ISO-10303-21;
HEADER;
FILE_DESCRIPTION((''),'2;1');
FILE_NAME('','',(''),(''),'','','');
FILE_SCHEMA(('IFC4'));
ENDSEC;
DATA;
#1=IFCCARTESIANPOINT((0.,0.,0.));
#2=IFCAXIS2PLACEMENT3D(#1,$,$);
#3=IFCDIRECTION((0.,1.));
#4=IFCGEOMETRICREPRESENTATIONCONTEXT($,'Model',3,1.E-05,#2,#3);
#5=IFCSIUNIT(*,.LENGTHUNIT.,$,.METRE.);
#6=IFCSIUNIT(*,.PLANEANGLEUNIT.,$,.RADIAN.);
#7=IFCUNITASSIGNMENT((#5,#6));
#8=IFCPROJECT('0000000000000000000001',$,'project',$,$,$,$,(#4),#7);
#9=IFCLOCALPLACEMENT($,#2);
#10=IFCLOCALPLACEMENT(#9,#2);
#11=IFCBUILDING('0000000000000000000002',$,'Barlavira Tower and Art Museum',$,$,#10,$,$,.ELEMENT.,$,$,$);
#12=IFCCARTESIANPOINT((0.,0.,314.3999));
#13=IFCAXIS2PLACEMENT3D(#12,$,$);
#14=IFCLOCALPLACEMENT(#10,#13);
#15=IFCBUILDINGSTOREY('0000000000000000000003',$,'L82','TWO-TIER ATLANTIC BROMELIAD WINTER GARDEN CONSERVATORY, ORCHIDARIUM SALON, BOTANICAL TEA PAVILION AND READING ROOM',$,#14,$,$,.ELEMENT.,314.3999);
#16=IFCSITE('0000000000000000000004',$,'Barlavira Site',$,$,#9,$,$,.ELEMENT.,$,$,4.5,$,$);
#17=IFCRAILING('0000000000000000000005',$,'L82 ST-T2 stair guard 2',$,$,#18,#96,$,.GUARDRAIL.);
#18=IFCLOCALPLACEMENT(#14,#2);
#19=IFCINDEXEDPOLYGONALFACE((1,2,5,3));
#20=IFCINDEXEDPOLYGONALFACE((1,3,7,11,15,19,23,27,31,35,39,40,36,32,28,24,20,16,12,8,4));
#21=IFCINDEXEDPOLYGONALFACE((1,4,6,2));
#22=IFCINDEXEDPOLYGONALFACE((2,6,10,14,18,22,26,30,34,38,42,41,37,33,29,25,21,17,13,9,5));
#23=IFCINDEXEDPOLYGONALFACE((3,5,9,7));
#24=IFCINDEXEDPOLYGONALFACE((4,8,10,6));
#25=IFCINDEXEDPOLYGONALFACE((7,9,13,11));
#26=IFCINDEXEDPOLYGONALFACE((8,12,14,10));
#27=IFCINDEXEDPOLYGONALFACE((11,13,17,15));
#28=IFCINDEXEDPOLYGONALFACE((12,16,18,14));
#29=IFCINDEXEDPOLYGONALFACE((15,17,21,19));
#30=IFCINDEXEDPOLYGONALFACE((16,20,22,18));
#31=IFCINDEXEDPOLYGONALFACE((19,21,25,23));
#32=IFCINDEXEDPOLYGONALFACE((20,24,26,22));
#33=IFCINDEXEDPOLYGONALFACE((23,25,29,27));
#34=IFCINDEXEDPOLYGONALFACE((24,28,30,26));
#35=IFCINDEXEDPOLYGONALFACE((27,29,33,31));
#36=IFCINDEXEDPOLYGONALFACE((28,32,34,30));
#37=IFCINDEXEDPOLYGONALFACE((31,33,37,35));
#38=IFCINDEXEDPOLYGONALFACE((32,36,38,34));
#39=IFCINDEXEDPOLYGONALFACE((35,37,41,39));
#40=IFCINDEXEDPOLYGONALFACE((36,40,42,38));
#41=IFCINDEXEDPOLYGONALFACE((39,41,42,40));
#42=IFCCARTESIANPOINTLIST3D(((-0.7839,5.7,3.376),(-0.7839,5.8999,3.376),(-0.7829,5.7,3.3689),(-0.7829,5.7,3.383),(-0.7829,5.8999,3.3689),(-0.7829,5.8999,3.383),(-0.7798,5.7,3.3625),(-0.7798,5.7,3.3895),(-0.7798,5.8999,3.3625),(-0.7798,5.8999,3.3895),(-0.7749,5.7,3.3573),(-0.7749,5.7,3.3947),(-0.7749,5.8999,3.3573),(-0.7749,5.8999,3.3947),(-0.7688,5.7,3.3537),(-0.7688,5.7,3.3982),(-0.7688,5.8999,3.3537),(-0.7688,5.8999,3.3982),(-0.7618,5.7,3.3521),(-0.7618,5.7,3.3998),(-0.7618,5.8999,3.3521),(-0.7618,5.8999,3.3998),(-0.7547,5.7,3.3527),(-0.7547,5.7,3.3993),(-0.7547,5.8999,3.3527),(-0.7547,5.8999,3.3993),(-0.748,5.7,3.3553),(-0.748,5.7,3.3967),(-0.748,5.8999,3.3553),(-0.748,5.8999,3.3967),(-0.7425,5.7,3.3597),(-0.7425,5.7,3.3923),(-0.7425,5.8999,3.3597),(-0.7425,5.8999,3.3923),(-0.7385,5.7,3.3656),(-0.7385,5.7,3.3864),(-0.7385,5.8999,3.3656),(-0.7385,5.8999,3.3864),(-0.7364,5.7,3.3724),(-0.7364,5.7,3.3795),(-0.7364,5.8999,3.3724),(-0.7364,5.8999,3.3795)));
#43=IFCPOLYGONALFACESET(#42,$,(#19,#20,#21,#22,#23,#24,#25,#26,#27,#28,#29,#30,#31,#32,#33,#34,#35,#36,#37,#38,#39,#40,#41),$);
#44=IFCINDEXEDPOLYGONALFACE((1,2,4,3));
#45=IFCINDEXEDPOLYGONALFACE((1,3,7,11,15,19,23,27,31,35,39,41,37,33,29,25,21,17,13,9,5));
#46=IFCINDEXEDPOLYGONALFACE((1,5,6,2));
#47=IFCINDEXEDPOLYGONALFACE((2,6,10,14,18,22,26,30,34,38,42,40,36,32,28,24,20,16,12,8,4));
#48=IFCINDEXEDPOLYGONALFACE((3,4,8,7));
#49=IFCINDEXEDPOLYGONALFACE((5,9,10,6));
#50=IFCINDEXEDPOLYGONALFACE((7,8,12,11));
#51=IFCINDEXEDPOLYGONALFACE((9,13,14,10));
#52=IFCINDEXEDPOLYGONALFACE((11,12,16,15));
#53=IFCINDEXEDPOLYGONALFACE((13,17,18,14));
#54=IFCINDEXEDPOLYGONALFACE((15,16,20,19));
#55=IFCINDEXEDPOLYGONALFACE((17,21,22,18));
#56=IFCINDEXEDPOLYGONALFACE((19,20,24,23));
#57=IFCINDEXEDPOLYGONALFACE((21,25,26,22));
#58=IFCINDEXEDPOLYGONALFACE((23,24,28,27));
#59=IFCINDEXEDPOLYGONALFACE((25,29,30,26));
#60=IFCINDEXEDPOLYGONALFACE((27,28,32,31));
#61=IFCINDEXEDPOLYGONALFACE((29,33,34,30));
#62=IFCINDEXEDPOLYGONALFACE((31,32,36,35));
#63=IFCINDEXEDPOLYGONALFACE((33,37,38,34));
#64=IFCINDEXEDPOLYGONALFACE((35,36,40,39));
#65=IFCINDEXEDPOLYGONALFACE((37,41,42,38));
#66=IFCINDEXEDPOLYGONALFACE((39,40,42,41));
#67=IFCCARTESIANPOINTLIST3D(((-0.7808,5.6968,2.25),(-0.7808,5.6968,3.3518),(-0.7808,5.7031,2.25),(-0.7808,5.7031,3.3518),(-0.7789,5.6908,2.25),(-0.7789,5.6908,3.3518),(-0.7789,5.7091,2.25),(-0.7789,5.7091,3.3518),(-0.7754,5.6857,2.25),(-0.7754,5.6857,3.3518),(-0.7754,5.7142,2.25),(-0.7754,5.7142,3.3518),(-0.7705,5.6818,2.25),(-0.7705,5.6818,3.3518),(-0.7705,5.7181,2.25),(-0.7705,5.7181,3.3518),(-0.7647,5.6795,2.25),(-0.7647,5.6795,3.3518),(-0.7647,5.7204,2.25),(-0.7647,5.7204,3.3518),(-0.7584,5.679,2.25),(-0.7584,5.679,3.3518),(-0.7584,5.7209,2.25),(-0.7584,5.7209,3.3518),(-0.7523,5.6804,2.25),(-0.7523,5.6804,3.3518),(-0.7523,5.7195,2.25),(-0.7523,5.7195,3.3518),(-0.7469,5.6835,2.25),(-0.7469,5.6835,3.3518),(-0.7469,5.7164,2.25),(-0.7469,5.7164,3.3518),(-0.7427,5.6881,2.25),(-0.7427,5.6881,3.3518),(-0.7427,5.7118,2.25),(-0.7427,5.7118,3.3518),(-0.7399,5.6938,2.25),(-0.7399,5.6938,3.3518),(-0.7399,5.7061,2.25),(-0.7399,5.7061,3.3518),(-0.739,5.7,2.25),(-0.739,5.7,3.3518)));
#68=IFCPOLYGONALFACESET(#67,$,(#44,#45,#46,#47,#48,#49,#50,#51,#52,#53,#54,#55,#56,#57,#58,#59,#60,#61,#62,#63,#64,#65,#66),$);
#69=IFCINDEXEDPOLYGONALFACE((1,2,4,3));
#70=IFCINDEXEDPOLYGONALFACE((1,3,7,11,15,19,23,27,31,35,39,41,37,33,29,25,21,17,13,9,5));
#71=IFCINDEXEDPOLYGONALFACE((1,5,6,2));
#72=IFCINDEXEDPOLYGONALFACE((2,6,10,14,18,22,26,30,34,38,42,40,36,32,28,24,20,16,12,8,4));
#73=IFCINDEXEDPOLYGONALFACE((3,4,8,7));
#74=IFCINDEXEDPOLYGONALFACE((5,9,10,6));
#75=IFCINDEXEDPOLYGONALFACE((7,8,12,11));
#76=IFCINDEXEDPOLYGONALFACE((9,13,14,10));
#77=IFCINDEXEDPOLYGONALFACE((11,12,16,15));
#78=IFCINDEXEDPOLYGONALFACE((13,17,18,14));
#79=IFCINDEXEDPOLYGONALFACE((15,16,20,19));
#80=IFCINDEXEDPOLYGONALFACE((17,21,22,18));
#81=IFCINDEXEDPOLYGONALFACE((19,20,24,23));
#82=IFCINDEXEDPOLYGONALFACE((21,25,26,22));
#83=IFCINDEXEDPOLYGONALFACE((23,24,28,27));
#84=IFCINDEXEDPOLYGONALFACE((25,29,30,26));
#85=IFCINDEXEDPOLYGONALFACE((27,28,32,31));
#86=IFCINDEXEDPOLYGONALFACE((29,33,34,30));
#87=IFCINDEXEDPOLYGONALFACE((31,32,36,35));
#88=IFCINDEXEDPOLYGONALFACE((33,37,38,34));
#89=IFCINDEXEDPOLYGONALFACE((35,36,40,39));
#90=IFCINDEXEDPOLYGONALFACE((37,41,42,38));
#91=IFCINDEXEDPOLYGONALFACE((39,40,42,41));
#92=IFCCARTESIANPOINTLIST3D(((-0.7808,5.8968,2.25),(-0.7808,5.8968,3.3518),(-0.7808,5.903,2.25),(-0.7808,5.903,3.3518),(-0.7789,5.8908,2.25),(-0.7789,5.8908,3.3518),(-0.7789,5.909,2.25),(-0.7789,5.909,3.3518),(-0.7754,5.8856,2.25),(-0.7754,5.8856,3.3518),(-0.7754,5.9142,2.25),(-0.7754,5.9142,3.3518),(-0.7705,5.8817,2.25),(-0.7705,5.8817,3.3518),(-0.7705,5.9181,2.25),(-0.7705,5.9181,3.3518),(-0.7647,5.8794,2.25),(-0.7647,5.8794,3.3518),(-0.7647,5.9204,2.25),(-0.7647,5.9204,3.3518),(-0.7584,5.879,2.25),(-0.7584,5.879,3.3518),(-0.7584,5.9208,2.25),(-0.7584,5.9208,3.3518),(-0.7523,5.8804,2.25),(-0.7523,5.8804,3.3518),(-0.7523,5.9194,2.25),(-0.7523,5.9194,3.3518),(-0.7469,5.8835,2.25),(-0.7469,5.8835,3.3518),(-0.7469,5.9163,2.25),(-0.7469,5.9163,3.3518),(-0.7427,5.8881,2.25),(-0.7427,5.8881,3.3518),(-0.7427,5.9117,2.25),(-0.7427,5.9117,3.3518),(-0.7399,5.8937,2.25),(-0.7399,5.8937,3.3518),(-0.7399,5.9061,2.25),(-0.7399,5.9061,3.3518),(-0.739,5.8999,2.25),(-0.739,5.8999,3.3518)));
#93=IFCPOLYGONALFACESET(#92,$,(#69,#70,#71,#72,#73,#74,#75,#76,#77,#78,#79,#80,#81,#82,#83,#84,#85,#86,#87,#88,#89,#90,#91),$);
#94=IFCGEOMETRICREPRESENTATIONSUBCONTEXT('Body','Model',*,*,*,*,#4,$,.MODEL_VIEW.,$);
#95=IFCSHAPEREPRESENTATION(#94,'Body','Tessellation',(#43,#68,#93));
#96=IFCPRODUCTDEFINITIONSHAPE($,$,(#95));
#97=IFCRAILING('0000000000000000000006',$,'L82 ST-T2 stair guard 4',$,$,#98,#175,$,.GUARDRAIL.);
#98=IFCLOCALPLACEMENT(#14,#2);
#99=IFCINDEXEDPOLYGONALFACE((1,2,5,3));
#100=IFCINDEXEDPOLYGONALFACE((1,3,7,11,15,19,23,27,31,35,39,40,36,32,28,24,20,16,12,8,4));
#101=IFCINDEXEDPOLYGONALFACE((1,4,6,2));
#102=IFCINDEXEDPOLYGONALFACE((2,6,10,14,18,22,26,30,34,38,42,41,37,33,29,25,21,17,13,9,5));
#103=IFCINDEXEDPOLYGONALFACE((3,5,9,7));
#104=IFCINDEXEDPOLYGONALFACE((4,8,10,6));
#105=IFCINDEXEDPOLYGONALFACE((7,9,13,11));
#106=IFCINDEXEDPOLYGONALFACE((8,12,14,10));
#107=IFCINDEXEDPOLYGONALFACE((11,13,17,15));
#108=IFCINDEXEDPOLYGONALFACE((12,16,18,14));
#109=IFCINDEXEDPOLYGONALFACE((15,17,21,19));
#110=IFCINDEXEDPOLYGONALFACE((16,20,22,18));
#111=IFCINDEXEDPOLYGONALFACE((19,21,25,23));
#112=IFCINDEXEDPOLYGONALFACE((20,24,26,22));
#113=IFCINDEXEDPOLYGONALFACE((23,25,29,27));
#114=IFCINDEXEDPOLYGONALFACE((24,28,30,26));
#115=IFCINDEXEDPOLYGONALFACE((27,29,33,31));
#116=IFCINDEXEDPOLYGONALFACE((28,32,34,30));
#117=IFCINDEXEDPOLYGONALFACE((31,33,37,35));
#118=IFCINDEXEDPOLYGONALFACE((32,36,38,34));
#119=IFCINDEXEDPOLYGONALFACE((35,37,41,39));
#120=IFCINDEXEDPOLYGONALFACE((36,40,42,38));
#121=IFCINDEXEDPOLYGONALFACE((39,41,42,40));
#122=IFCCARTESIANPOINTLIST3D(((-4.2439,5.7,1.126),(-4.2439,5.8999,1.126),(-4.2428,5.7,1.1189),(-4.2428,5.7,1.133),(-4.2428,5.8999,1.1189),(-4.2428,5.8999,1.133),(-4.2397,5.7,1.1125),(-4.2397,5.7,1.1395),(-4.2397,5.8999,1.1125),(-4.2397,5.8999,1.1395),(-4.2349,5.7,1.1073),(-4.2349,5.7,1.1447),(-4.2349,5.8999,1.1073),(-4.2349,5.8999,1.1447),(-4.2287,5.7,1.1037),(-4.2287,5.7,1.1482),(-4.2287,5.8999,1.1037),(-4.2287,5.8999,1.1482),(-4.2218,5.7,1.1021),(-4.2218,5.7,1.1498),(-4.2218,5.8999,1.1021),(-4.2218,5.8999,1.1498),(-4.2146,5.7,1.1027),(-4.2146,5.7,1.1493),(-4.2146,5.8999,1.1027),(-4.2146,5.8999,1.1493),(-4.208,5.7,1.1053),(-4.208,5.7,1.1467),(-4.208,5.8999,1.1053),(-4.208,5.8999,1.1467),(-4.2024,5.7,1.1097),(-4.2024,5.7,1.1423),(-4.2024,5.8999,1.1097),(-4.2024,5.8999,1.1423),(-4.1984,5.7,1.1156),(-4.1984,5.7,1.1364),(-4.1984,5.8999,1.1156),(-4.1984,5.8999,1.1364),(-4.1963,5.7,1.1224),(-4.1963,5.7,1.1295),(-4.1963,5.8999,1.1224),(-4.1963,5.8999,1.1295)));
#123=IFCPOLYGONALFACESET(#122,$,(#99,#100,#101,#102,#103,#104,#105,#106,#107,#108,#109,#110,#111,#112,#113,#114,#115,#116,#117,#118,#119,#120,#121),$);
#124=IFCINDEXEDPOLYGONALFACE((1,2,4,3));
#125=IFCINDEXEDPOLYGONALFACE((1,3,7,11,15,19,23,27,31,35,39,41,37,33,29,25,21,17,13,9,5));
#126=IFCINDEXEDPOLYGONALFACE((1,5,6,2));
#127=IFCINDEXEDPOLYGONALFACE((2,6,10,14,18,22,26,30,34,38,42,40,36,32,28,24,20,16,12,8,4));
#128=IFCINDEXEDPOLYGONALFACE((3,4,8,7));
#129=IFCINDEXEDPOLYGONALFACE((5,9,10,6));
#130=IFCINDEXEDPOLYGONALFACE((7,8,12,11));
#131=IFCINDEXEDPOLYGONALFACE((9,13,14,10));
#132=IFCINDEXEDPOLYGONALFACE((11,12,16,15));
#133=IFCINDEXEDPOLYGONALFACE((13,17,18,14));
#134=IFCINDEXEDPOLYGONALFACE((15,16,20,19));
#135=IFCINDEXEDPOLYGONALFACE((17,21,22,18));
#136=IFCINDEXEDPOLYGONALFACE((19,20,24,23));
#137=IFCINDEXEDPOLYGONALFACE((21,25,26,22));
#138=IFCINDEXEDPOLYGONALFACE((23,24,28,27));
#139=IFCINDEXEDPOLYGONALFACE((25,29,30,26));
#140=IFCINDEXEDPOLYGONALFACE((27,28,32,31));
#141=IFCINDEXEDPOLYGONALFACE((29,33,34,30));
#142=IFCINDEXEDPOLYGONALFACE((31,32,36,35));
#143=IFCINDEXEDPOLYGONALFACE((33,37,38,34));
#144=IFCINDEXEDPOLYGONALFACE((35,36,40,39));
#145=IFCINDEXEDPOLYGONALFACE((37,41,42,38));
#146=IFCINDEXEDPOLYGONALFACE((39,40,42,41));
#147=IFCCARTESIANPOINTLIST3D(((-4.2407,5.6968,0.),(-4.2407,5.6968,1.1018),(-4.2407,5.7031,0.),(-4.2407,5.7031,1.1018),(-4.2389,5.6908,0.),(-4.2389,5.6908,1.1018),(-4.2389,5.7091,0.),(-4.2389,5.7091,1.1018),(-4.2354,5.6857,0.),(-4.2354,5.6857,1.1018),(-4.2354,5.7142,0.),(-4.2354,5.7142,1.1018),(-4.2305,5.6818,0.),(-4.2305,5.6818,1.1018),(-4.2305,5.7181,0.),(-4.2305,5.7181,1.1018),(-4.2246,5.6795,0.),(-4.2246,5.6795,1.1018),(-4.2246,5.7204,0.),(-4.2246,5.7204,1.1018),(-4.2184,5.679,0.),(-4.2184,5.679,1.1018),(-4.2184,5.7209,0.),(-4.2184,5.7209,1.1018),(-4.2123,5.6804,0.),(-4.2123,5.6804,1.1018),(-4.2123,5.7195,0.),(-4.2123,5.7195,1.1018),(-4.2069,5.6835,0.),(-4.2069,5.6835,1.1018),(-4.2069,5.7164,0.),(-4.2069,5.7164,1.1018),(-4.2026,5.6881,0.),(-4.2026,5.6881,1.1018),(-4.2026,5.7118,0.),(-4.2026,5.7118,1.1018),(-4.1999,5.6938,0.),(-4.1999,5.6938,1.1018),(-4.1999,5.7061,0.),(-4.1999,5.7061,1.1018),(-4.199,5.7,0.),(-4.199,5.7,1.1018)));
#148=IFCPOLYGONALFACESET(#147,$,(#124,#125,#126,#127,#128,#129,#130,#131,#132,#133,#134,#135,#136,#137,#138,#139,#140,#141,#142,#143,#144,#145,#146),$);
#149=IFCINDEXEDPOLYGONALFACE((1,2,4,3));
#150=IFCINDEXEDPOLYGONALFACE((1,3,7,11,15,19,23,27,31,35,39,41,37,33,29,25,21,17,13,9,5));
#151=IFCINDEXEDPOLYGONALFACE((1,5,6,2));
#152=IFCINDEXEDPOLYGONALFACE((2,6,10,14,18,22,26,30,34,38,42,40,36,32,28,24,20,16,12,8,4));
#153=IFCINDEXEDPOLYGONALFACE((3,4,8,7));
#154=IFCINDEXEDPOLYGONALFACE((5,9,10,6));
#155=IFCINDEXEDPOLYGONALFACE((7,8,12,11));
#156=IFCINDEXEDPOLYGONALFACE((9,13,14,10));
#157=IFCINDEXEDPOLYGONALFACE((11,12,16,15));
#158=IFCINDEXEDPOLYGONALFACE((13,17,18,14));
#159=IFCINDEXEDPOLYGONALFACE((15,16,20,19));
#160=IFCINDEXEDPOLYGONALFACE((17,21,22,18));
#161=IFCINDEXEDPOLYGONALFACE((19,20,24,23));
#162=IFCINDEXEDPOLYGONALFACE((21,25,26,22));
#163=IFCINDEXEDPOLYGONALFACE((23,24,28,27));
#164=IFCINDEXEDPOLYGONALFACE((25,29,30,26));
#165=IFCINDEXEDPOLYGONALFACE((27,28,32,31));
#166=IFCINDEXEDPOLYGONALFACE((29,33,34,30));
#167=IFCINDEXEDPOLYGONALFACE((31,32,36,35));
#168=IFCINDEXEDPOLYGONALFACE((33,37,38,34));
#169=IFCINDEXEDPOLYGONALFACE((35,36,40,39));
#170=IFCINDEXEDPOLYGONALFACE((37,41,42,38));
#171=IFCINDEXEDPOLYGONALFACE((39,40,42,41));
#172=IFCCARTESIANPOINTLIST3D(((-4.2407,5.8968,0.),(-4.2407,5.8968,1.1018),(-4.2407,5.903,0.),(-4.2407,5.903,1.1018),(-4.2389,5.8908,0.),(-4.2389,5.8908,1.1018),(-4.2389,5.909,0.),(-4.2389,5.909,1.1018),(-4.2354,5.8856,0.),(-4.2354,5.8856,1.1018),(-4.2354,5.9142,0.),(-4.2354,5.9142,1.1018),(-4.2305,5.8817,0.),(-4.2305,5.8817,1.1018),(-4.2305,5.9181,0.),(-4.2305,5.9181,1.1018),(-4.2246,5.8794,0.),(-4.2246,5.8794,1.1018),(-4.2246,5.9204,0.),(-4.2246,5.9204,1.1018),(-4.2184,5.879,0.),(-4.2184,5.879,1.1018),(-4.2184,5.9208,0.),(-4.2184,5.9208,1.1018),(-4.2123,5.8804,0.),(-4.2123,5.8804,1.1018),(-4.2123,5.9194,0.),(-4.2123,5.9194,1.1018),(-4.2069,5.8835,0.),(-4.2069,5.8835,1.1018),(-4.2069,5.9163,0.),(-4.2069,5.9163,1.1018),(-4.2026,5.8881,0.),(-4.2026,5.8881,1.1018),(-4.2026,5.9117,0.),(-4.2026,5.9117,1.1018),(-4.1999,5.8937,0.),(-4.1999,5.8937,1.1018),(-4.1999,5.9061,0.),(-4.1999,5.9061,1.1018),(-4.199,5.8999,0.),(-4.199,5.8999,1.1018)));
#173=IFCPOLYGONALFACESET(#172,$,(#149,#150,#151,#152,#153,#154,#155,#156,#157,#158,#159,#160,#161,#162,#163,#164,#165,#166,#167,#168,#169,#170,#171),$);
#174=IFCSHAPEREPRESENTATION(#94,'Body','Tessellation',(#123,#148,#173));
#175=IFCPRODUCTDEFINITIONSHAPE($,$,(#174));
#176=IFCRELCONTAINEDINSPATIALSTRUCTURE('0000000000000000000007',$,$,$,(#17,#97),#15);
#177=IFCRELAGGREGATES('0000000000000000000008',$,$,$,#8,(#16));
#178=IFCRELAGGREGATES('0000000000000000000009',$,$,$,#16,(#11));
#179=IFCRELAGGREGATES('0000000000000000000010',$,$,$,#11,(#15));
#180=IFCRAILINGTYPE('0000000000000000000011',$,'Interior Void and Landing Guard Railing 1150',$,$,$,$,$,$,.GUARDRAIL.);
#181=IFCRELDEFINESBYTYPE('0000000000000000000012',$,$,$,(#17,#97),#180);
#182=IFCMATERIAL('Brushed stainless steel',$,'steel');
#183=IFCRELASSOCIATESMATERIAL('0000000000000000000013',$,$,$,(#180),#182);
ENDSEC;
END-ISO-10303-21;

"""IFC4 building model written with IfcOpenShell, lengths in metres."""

from ifc_helpers import new_model, si_unit, direction, frame, origin, origin_2d, place, context, subcontext, project, spatial, circle, extrude, material, type_object, element, save


model = new_model("IFC4")

# Units and contexts
model_context = context("Model", 3, precision=1e-05, world=origin(), true_north=direction((0.0, 1.0)))
body_context = subcontext(model_context, "Body", "Model", "MODEL_VIEW")
ifc_project = project(units=[si_unit("LENGTHUNIT", "METRE"), si_unit("PLANEANGLEUNIT", "RADIAN")], contexts=[model_context])

# Site, building, storey
site_placement = place(None, origin())
site = spatial("IfcSite", under=ifc_project, at=site_placement, Name="Barlavira Site", CompositionType="ELEMENT", RefElevation=4.5)
building_placement = place(site_placement, origin())
building = spatial("IfcBuilding", under=site, at=building_placement, Name="Barlavira Tower and Art Museum", CompositionType="ELEMENT")
storey_placement = place(building_placement, frame((0.0, 0.0, 314.3999)))
storey = spatial("IfcBuildingStorey", under=building, at=storey_placement, Name="L82", Description="TWO-TIER ATLANTIC BROMELIAD WINTER GARDEN CONSERVATORY, ORCHIDARIUM SALON, BOTANICAL TEA PAVILION AND READING ROOM", CompositionType="ELEMENT", Elevation=314.3999)

# Shared definitions
ifc_material_1 = material(Name="Brushed stainless steel", Category="steel")

# Railings
railing_type_1 = type_object("IfcRailingType", Name="Interior Void and Landing Guard Railing 1150", PredefinedType="GUARDRAIL", material=ifc_material_1)
for number, where, name in (
    (1, (-0.76, 5.7, 2.25), "L82 ST-T2 stair guard 2"),
    (2, (-4.22, 5.7, 0.0), "L82 ST-T2 stair guard 4"),
):
    element("IfcRailing", number, at=place(storey_placement, frame(where)), inside=storey, type_object=railing_type_1, Name=name, PredefinedType="GUARDRAIL", context=body_context, shape_type="SweptSolid", body=[
        extrude(circle(Radius=0.0239, at=origin_2d()), frame((0.0, 0.0, 1.126), z_axis=(0.0, 1.0, 0.0), x_axis=(-1.0, 0.0, 0.0)), (0.0, 0.0, 1.0), 0.2),
        extrude(circle(Radius=0.021, at=origin_2d()), origin(), (0.0, 0.0, 1.0), 1.1018),
        extrude(circle(Radius=0.021, at=origin_2d()), frame((0.0, 0.2, 0.0)), (0.0, 0.0, 1.0), 1.1018),
    ])

save(model, "model.ifc")
